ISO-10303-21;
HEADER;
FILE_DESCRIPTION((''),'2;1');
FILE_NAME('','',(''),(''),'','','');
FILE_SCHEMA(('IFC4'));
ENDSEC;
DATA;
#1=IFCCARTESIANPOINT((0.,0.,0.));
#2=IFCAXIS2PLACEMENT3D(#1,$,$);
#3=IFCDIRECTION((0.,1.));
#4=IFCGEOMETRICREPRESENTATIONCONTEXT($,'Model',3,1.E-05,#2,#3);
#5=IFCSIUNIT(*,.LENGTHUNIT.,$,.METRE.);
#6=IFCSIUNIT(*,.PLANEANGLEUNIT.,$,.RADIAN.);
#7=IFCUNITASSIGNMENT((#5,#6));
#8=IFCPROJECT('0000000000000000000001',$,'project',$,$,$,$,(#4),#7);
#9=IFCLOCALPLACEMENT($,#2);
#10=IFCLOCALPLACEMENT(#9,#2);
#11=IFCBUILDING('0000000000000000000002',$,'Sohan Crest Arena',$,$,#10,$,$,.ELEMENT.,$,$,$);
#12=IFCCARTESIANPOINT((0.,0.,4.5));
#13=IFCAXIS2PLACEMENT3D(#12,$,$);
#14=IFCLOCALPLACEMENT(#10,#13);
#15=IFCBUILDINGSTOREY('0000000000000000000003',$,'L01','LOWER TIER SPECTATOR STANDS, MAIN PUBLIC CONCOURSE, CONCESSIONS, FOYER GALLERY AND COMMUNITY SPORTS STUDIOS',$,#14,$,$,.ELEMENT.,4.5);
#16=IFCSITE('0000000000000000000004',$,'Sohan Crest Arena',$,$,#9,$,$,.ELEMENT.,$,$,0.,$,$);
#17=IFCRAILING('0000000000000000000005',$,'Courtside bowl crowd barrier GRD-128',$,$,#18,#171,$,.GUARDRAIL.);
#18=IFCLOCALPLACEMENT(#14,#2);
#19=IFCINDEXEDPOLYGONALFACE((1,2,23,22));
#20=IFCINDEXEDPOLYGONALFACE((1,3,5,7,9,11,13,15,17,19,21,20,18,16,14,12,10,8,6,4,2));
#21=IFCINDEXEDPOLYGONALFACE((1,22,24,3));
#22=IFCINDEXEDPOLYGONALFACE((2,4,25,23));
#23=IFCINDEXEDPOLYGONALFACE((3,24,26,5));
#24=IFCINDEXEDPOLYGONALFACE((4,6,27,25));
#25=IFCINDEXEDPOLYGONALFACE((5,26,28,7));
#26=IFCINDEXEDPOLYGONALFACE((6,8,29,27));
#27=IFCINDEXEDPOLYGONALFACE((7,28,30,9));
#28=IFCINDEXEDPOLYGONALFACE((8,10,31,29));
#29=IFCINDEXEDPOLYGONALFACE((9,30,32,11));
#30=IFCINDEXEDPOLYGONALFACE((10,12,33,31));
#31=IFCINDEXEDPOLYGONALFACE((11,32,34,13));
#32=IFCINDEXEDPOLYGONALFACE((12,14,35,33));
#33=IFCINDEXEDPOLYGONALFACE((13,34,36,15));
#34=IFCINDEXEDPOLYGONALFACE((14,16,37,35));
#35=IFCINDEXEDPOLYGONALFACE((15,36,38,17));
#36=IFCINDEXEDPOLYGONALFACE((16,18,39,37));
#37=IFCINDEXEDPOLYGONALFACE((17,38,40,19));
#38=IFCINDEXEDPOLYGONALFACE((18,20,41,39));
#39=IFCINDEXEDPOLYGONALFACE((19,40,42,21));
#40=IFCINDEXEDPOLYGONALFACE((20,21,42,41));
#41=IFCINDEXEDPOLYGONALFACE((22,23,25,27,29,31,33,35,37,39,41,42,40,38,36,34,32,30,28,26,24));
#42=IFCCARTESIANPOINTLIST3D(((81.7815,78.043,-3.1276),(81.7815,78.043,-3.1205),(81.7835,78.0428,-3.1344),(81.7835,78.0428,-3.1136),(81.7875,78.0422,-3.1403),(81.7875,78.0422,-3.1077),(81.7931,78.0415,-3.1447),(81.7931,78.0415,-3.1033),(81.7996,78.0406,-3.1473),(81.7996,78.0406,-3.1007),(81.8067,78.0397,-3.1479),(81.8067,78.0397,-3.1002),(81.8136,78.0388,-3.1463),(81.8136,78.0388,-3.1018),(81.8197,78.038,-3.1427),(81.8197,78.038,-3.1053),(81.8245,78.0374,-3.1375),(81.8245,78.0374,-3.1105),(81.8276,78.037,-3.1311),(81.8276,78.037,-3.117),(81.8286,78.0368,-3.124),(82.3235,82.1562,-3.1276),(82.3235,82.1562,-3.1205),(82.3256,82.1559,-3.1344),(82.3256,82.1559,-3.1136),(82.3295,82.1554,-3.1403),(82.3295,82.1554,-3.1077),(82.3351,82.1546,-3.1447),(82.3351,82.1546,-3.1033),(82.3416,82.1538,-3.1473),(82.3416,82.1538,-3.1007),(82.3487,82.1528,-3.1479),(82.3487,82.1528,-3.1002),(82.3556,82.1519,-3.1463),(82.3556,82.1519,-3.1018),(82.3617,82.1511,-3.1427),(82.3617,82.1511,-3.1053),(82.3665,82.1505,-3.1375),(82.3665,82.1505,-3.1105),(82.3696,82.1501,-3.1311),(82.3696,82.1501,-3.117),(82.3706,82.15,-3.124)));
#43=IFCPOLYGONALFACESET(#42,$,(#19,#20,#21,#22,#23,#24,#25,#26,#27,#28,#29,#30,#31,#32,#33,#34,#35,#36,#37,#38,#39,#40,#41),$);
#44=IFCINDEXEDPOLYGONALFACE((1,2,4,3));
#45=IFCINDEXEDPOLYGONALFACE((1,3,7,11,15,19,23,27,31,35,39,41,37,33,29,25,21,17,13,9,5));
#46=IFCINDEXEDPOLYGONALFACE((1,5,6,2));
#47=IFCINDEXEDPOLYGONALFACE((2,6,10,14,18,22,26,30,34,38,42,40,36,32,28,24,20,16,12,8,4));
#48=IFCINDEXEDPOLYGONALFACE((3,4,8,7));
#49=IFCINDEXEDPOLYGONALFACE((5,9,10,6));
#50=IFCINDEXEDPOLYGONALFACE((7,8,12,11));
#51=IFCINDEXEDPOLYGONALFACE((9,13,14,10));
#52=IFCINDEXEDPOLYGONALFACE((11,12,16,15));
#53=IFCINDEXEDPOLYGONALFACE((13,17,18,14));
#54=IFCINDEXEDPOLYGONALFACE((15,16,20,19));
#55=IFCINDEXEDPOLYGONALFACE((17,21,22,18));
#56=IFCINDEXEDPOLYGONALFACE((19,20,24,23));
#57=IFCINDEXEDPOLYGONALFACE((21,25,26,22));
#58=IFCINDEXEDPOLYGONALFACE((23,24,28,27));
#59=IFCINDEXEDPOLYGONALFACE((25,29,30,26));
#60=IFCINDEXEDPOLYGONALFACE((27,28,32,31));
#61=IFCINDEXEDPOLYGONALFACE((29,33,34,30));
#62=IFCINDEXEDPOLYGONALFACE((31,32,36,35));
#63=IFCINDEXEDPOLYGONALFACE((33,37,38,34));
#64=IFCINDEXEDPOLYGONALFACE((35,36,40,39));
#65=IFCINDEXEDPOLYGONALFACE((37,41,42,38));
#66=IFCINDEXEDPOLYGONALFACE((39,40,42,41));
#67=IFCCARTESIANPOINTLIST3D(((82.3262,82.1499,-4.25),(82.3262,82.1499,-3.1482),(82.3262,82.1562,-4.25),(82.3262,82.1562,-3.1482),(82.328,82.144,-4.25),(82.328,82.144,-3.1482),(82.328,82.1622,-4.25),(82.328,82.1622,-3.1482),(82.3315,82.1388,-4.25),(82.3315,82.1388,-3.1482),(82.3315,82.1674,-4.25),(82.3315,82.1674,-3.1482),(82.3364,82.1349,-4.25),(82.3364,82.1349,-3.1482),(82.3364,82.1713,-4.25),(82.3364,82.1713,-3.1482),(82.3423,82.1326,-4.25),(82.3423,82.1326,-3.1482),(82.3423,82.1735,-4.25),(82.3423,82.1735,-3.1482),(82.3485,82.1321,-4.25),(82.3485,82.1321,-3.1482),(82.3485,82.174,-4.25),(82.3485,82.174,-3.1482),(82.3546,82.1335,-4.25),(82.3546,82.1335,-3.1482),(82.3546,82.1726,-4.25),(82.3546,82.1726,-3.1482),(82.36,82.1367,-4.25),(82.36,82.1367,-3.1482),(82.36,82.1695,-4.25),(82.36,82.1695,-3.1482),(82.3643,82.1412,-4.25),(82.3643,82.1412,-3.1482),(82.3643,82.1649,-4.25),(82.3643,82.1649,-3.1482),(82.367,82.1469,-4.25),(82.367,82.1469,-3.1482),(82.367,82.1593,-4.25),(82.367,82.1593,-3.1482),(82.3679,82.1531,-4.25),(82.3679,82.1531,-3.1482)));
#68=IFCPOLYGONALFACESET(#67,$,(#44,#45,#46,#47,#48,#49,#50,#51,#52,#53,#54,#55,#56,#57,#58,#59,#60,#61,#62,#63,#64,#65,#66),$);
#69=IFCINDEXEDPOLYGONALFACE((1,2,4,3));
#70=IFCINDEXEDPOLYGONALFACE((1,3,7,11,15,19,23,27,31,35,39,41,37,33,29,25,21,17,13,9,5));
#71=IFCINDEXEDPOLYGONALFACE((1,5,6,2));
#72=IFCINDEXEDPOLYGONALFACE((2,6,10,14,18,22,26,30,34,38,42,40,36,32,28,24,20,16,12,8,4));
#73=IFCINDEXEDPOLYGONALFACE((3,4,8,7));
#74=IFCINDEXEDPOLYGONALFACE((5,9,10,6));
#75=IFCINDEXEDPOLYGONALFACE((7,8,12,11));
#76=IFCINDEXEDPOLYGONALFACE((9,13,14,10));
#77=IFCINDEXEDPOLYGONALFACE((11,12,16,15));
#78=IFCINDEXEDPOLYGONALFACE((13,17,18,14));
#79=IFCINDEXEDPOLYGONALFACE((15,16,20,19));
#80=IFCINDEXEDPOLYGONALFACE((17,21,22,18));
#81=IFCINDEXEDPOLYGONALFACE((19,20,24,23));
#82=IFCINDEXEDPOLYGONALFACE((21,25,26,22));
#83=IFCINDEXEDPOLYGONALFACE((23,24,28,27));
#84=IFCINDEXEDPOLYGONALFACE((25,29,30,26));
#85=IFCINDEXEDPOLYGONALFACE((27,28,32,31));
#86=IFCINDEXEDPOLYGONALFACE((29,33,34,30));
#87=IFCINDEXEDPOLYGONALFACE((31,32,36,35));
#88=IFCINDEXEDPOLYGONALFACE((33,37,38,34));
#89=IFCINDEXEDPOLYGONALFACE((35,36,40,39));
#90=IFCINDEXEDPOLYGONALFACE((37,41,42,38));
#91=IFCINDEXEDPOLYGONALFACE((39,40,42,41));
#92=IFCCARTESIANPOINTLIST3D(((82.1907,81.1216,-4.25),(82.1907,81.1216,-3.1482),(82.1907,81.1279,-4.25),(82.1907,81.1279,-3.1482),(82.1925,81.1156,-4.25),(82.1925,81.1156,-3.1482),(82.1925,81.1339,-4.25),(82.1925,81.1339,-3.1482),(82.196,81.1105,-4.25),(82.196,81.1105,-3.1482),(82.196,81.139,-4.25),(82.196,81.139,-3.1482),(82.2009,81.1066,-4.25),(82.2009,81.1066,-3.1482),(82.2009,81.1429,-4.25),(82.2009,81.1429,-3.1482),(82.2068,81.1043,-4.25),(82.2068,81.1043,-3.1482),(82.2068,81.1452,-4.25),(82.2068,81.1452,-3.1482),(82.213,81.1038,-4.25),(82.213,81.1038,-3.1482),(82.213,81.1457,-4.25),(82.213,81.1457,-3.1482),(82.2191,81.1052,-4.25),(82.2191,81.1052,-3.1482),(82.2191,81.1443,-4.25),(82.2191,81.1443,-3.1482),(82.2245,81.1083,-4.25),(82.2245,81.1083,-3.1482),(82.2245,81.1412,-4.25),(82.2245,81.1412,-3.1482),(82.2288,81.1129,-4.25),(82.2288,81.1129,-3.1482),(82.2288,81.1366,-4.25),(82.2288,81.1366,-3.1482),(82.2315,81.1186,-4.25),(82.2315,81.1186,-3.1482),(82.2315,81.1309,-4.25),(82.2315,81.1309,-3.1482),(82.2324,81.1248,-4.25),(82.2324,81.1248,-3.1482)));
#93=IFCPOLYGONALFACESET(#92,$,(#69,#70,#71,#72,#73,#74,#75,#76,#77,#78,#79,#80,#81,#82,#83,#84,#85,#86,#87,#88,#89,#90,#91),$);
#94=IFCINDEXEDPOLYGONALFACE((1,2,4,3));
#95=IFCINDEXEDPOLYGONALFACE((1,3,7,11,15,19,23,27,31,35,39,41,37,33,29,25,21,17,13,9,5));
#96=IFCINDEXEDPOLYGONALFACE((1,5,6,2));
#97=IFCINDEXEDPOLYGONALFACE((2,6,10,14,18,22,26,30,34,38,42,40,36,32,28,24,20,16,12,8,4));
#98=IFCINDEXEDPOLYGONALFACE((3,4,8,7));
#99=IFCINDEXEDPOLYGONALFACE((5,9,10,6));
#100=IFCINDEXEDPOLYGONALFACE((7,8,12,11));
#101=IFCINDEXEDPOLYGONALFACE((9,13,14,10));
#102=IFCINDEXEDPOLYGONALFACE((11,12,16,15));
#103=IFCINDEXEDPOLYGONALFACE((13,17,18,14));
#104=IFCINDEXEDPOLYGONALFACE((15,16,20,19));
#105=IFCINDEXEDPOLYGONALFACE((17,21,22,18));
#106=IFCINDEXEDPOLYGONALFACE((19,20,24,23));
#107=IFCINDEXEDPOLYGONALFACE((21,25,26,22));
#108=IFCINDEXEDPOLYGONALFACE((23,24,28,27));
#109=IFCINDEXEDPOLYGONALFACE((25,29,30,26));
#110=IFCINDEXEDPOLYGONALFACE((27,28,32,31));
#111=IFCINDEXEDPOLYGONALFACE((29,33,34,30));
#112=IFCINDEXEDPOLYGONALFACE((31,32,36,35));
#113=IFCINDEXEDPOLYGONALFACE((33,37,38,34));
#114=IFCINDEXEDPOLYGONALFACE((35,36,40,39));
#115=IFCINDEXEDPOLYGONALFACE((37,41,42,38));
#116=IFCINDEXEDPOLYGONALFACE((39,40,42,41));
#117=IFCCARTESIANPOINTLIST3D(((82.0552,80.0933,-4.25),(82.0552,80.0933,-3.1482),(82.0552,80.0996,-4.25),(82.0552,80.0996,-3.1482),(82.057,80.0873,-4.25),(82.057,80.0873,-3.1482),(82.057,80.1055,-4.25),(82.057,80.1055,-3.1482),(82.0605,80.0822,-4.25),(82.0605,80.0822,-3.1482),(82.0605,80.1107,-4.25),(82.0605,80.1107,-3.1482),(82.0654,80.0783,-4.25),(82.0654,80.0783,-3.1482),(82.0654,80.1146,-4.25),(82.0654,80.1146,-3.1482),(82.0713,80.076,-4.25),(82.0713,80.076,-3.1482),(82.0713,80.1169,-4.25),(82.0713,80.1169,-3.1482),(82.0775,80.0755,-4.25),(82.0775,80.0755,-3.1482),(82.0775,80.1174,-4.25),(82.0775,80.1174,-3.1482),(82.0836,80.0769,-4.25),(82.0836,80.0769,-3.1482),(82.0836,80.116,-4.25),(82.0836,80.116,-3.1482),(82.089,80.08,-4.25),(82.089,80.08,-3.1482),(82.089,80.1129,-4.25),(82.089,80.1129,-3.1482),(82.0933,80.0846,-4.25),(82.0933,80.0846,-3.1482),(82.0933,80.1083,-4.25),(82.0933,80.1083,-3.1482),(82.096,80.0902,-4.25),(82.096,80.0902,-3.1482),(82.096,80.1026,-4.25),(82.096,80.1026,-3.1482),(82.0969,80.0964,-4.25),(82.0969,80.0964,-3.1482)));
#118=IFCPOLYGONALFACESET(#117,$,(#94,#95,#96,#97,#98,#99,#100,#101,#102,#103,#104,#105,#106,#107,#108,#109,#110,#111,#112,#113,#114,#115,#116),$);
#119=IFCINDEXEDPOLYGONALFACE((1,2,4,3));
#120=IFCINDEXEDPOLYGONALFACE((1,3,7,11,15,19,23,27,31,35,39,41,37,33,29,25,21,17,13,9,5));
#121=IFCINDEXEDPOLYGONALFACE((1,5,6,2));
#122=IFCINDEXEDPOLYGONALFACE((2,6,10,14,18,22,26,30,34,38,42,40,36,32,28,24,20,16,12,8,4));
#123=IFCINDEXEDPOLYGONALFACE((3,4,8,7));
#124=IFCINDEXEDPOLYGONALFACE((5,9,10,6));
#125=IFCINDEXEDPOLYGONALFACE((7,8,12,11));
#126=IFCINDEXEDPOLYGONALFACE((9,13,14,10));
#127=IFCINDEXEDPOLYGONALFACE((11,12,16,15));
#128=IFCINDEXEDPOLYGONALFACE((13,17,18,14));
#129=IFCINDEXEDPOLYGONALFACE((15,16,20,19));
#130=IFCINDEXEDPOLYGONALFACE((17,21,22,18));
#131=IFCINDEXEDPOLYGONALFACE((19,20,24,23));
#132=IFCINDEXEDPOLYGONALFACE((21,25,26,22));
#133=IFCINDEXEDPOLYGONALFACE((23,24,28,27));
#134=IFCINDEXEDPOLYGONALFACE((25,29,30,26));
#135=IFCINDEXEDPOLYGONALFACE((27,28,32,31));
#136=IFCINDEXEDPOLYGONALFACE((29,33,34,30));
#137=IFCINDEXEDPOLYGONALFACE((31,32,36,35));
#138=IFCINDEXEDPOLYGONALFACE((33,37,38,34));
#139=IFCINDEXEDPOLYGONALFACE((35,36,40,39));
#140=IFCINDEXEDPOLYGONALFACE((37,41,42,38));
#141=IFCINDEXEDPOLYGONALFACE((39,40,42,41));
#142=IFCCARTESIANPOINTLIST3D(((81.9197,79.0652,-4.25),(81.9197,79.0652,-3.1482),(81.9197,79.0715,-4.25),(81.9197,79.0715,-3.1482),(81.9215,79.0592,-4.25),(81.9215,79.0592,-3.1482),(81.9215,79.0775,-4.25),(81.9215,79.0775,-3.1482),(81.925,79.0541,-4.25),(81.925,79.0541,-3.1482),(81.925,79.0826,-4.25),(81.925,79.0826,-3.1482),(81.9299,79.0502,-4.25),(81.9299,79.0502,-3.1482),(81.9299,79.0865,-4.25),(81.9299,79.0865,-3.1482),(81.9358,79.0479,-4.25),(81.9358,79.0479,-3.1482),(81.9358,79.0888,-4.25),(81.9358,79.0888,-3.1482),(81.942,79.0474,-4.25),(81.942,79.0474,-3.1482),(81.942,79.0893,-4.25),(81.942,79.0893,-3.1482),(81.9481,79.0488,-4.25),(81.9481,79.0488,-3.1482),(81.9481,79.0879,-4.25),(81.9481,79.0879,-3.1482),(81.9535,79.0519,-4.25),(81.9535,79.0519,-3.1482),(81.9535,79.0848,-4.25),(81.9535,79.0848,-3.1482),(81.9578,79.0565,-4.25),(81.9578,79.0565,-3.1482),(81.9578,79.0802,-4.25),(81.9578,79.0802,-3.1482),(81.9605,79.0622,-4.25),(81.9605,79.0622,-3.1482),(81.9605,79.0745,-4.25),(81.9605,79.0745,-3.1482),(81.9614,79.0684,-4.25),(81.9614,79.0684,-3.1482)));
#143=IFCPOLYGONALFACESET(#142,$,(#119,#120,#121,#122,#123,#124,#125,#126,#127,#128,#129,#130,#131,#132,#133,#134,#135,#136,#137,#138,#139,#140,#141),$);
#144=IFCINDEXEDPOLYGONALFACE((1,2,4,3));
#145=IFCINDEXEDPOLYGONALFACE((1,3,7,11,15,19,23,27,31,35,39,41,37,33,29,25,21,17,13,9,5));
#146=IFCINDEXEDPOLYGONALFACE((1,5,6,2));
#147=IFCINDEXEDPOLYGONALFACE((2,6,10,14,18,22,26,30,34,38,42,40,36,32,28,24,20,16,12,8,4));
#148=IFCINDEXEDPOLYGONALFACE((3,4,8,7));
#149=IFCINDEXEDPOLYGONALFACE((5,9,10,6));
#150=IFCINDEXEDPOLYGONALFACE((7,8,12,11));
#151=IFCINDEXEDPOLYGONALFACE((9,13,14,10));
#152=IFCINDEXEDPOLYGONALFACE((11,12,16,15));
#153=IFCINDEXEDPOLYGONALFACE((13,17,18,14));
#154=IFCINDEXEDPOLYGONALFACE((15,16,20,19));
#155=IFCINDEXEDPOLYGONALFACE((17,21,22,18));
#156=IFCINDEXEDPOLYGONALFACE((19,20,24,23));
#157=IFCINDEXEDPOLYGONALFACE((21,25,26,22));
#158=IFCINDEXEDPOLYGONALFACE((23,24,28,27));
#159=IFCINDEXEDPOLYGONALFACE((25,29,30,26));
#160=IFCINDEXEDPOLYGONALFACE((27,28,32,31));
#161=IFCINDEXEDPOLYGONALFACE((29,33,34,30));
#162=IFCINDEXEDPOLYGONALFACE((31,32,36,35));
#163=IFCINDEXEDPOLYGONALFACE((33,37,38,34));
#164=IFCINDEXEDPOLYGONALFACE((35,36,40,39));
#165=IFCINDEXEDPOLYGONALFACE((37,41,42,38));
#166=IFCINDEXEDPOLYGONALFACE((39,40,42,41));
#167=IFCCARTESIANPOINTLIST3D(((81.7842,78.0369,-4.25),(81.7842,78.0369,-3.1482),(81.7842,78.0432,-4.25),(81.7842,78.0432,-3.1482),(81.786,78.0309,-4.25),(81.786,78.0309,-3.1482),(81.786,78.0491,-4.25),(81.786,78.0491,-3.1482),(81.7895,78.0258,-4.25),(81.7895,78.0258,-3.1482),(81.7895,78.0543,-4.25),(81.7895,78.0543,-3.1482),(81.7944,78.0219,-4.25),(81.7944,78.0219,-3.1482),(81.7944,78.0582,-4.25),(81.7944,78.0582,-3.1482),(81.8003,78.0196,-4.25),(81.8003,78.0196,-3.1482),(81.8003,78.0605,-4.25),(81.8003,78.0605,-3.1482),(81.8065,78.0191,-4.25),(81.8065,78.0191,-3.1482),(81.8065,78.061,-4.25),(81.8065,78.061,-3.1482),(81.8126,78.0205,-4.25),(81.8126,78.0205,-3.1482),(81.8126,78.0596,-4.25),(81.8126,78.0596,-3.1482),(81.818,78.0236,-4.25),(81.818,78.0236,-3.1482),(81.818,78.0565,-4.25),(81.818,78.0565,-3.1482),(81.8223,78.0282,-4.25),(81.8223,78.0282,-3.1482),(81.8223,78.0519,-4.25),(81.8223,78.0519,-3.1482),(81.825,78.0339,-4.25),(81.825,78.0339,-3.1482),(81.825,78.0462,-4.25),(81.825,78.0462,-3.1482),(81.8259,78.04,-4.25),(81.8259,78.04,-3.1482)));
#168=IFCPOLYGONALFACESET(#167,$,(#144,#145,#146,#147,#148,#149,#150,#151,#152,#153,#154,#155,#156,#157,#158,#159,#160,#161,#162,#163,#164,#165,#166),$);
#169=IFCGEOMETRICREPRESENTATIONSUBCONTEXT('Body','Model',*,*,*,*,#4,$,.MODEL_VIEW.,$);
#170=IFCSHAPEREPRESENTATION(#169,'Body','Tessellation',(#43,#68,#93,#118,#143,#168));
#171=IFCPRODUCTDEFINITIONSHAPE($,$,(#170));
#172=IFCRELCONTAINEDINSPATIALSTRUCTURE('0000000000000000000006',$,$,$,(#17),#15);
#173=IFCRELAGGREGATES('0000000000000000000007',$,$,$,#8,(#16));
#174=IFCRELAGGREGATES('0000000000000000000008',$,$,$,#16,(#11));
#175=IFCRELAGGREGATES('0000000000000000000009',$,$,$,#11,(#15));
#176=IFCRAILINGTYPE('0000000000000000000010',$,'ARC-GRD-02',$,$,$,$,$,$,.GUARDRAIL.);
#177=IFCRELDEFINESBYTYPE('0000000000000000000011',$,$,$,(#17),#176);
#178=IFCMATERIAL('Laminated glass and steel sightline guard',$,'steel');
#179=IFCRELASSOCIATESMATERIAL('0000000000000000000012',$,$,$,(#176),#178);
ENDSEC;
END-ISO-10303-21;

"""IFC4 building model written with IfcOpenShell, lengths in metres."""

from ifc_helpers import new_model, si_unit, direction, frame, origin, origin_2d, place, context, subcontext, project, spatial, circle, extrude, material, type_object, element, save


model = new_model("IFC4")

# Units and contexts
model_context = context("Model", 3, precision=1e-05, world=origin(), true_north=direction((0.0, 1.0)))
body_context = subcontext(model_context, "Body", "Model", "MODEL_VIEW")
ifc_project = project(units=[si_unit("LENGTHUNIT", "METRE"), si_unit("PLANEANGLEUNIT", "RADIAN")], contexts=[model_context])

# Site, building, storey
site_placement = place(None, origin())
site = spatial("IfcSite", under=ifc_project, at=site_placement, Name="Sohan Crest Arena", CompositionType="ELEMENT", RefElevation=0.0)
building_placement = place(site_placement, origin())
building = spatial("IfcBuilding", under=site, at=building_placement, Name="Sohan Crest Arena", CompositionType="ELEMENT")
storey_placement = place(building_placement, frame((0.0, 0.0, 4.5)))
storey = spatial("IfcBuildingStorey", under=building, at=storey_placement, Name="L01", Description="LOWER TIER SPECTATOR STANDS, MAIN PUBLIC CONCOURSE, CONCESSIONS, FOYER GALLERY AND COMMUNITY SPORTS STUDIOS", CompositionType="ELEMENT", Elevation=4.5)

# Railing
ifc_material_1 = material(Name="Laminated glass and steel sightline guard", Category="steel")
railing_type = type_object("IfcRailingType", Name="ARC-GRD-02", PredefinedType="GUARDRAIL", material=ifc_material_1)
railing_1_placement = place(storey_placement, frame((82.3469, 82.1531, -4.25)))
element("IfcRailing", 1, at=railing_1_placement, inside=storey, type_object=railing_type, Name="Courtside bowl crowd barrier GRD-128", PredefinedType="GUARDRAIL", context=body_context, shape_type="SweptSolid", body=[
    extrude(circle(Radius=0.0239, at=origin_2d()), frame((0.0, 0.0, 1.126), z_axis=(-0.130645, -0.991429, 0.0), x_axis=(0.991429, -0.130645, 0.0)), (0.0, 0.0, 1.0), 4.1487),
    extrude(circle(Radius=0.021, at=origin_2d()), origin(), (0.0, 0.0, 1.0), 1.1018),
    extrude(circle(Radius=0.021, at=origin_2d()), frame((-0.1355, -1.0283, 0.0)), (0.0, 0.0, 1.0), 1.1018),
    extrude(circle(Radius=0.021, at=origin_2d()), frame((-0.271, -2.0566, 0.0)), (0.0, 0.0, 1.0), 1.1018),
    extrude(circle(Radius=0.021, at=origin_2d()), frame((-0.4065, -3.0847, 0.0)), (0.0, 0.0, 1.0), 1.1018),
    extrude(circle(Radius=0.021, at=origin_2d()), frame((-0.542, -4.113, 0.0)), (0.0, 0.0, 1.0), 1.1018),
])

save(model, "model.ifc")
